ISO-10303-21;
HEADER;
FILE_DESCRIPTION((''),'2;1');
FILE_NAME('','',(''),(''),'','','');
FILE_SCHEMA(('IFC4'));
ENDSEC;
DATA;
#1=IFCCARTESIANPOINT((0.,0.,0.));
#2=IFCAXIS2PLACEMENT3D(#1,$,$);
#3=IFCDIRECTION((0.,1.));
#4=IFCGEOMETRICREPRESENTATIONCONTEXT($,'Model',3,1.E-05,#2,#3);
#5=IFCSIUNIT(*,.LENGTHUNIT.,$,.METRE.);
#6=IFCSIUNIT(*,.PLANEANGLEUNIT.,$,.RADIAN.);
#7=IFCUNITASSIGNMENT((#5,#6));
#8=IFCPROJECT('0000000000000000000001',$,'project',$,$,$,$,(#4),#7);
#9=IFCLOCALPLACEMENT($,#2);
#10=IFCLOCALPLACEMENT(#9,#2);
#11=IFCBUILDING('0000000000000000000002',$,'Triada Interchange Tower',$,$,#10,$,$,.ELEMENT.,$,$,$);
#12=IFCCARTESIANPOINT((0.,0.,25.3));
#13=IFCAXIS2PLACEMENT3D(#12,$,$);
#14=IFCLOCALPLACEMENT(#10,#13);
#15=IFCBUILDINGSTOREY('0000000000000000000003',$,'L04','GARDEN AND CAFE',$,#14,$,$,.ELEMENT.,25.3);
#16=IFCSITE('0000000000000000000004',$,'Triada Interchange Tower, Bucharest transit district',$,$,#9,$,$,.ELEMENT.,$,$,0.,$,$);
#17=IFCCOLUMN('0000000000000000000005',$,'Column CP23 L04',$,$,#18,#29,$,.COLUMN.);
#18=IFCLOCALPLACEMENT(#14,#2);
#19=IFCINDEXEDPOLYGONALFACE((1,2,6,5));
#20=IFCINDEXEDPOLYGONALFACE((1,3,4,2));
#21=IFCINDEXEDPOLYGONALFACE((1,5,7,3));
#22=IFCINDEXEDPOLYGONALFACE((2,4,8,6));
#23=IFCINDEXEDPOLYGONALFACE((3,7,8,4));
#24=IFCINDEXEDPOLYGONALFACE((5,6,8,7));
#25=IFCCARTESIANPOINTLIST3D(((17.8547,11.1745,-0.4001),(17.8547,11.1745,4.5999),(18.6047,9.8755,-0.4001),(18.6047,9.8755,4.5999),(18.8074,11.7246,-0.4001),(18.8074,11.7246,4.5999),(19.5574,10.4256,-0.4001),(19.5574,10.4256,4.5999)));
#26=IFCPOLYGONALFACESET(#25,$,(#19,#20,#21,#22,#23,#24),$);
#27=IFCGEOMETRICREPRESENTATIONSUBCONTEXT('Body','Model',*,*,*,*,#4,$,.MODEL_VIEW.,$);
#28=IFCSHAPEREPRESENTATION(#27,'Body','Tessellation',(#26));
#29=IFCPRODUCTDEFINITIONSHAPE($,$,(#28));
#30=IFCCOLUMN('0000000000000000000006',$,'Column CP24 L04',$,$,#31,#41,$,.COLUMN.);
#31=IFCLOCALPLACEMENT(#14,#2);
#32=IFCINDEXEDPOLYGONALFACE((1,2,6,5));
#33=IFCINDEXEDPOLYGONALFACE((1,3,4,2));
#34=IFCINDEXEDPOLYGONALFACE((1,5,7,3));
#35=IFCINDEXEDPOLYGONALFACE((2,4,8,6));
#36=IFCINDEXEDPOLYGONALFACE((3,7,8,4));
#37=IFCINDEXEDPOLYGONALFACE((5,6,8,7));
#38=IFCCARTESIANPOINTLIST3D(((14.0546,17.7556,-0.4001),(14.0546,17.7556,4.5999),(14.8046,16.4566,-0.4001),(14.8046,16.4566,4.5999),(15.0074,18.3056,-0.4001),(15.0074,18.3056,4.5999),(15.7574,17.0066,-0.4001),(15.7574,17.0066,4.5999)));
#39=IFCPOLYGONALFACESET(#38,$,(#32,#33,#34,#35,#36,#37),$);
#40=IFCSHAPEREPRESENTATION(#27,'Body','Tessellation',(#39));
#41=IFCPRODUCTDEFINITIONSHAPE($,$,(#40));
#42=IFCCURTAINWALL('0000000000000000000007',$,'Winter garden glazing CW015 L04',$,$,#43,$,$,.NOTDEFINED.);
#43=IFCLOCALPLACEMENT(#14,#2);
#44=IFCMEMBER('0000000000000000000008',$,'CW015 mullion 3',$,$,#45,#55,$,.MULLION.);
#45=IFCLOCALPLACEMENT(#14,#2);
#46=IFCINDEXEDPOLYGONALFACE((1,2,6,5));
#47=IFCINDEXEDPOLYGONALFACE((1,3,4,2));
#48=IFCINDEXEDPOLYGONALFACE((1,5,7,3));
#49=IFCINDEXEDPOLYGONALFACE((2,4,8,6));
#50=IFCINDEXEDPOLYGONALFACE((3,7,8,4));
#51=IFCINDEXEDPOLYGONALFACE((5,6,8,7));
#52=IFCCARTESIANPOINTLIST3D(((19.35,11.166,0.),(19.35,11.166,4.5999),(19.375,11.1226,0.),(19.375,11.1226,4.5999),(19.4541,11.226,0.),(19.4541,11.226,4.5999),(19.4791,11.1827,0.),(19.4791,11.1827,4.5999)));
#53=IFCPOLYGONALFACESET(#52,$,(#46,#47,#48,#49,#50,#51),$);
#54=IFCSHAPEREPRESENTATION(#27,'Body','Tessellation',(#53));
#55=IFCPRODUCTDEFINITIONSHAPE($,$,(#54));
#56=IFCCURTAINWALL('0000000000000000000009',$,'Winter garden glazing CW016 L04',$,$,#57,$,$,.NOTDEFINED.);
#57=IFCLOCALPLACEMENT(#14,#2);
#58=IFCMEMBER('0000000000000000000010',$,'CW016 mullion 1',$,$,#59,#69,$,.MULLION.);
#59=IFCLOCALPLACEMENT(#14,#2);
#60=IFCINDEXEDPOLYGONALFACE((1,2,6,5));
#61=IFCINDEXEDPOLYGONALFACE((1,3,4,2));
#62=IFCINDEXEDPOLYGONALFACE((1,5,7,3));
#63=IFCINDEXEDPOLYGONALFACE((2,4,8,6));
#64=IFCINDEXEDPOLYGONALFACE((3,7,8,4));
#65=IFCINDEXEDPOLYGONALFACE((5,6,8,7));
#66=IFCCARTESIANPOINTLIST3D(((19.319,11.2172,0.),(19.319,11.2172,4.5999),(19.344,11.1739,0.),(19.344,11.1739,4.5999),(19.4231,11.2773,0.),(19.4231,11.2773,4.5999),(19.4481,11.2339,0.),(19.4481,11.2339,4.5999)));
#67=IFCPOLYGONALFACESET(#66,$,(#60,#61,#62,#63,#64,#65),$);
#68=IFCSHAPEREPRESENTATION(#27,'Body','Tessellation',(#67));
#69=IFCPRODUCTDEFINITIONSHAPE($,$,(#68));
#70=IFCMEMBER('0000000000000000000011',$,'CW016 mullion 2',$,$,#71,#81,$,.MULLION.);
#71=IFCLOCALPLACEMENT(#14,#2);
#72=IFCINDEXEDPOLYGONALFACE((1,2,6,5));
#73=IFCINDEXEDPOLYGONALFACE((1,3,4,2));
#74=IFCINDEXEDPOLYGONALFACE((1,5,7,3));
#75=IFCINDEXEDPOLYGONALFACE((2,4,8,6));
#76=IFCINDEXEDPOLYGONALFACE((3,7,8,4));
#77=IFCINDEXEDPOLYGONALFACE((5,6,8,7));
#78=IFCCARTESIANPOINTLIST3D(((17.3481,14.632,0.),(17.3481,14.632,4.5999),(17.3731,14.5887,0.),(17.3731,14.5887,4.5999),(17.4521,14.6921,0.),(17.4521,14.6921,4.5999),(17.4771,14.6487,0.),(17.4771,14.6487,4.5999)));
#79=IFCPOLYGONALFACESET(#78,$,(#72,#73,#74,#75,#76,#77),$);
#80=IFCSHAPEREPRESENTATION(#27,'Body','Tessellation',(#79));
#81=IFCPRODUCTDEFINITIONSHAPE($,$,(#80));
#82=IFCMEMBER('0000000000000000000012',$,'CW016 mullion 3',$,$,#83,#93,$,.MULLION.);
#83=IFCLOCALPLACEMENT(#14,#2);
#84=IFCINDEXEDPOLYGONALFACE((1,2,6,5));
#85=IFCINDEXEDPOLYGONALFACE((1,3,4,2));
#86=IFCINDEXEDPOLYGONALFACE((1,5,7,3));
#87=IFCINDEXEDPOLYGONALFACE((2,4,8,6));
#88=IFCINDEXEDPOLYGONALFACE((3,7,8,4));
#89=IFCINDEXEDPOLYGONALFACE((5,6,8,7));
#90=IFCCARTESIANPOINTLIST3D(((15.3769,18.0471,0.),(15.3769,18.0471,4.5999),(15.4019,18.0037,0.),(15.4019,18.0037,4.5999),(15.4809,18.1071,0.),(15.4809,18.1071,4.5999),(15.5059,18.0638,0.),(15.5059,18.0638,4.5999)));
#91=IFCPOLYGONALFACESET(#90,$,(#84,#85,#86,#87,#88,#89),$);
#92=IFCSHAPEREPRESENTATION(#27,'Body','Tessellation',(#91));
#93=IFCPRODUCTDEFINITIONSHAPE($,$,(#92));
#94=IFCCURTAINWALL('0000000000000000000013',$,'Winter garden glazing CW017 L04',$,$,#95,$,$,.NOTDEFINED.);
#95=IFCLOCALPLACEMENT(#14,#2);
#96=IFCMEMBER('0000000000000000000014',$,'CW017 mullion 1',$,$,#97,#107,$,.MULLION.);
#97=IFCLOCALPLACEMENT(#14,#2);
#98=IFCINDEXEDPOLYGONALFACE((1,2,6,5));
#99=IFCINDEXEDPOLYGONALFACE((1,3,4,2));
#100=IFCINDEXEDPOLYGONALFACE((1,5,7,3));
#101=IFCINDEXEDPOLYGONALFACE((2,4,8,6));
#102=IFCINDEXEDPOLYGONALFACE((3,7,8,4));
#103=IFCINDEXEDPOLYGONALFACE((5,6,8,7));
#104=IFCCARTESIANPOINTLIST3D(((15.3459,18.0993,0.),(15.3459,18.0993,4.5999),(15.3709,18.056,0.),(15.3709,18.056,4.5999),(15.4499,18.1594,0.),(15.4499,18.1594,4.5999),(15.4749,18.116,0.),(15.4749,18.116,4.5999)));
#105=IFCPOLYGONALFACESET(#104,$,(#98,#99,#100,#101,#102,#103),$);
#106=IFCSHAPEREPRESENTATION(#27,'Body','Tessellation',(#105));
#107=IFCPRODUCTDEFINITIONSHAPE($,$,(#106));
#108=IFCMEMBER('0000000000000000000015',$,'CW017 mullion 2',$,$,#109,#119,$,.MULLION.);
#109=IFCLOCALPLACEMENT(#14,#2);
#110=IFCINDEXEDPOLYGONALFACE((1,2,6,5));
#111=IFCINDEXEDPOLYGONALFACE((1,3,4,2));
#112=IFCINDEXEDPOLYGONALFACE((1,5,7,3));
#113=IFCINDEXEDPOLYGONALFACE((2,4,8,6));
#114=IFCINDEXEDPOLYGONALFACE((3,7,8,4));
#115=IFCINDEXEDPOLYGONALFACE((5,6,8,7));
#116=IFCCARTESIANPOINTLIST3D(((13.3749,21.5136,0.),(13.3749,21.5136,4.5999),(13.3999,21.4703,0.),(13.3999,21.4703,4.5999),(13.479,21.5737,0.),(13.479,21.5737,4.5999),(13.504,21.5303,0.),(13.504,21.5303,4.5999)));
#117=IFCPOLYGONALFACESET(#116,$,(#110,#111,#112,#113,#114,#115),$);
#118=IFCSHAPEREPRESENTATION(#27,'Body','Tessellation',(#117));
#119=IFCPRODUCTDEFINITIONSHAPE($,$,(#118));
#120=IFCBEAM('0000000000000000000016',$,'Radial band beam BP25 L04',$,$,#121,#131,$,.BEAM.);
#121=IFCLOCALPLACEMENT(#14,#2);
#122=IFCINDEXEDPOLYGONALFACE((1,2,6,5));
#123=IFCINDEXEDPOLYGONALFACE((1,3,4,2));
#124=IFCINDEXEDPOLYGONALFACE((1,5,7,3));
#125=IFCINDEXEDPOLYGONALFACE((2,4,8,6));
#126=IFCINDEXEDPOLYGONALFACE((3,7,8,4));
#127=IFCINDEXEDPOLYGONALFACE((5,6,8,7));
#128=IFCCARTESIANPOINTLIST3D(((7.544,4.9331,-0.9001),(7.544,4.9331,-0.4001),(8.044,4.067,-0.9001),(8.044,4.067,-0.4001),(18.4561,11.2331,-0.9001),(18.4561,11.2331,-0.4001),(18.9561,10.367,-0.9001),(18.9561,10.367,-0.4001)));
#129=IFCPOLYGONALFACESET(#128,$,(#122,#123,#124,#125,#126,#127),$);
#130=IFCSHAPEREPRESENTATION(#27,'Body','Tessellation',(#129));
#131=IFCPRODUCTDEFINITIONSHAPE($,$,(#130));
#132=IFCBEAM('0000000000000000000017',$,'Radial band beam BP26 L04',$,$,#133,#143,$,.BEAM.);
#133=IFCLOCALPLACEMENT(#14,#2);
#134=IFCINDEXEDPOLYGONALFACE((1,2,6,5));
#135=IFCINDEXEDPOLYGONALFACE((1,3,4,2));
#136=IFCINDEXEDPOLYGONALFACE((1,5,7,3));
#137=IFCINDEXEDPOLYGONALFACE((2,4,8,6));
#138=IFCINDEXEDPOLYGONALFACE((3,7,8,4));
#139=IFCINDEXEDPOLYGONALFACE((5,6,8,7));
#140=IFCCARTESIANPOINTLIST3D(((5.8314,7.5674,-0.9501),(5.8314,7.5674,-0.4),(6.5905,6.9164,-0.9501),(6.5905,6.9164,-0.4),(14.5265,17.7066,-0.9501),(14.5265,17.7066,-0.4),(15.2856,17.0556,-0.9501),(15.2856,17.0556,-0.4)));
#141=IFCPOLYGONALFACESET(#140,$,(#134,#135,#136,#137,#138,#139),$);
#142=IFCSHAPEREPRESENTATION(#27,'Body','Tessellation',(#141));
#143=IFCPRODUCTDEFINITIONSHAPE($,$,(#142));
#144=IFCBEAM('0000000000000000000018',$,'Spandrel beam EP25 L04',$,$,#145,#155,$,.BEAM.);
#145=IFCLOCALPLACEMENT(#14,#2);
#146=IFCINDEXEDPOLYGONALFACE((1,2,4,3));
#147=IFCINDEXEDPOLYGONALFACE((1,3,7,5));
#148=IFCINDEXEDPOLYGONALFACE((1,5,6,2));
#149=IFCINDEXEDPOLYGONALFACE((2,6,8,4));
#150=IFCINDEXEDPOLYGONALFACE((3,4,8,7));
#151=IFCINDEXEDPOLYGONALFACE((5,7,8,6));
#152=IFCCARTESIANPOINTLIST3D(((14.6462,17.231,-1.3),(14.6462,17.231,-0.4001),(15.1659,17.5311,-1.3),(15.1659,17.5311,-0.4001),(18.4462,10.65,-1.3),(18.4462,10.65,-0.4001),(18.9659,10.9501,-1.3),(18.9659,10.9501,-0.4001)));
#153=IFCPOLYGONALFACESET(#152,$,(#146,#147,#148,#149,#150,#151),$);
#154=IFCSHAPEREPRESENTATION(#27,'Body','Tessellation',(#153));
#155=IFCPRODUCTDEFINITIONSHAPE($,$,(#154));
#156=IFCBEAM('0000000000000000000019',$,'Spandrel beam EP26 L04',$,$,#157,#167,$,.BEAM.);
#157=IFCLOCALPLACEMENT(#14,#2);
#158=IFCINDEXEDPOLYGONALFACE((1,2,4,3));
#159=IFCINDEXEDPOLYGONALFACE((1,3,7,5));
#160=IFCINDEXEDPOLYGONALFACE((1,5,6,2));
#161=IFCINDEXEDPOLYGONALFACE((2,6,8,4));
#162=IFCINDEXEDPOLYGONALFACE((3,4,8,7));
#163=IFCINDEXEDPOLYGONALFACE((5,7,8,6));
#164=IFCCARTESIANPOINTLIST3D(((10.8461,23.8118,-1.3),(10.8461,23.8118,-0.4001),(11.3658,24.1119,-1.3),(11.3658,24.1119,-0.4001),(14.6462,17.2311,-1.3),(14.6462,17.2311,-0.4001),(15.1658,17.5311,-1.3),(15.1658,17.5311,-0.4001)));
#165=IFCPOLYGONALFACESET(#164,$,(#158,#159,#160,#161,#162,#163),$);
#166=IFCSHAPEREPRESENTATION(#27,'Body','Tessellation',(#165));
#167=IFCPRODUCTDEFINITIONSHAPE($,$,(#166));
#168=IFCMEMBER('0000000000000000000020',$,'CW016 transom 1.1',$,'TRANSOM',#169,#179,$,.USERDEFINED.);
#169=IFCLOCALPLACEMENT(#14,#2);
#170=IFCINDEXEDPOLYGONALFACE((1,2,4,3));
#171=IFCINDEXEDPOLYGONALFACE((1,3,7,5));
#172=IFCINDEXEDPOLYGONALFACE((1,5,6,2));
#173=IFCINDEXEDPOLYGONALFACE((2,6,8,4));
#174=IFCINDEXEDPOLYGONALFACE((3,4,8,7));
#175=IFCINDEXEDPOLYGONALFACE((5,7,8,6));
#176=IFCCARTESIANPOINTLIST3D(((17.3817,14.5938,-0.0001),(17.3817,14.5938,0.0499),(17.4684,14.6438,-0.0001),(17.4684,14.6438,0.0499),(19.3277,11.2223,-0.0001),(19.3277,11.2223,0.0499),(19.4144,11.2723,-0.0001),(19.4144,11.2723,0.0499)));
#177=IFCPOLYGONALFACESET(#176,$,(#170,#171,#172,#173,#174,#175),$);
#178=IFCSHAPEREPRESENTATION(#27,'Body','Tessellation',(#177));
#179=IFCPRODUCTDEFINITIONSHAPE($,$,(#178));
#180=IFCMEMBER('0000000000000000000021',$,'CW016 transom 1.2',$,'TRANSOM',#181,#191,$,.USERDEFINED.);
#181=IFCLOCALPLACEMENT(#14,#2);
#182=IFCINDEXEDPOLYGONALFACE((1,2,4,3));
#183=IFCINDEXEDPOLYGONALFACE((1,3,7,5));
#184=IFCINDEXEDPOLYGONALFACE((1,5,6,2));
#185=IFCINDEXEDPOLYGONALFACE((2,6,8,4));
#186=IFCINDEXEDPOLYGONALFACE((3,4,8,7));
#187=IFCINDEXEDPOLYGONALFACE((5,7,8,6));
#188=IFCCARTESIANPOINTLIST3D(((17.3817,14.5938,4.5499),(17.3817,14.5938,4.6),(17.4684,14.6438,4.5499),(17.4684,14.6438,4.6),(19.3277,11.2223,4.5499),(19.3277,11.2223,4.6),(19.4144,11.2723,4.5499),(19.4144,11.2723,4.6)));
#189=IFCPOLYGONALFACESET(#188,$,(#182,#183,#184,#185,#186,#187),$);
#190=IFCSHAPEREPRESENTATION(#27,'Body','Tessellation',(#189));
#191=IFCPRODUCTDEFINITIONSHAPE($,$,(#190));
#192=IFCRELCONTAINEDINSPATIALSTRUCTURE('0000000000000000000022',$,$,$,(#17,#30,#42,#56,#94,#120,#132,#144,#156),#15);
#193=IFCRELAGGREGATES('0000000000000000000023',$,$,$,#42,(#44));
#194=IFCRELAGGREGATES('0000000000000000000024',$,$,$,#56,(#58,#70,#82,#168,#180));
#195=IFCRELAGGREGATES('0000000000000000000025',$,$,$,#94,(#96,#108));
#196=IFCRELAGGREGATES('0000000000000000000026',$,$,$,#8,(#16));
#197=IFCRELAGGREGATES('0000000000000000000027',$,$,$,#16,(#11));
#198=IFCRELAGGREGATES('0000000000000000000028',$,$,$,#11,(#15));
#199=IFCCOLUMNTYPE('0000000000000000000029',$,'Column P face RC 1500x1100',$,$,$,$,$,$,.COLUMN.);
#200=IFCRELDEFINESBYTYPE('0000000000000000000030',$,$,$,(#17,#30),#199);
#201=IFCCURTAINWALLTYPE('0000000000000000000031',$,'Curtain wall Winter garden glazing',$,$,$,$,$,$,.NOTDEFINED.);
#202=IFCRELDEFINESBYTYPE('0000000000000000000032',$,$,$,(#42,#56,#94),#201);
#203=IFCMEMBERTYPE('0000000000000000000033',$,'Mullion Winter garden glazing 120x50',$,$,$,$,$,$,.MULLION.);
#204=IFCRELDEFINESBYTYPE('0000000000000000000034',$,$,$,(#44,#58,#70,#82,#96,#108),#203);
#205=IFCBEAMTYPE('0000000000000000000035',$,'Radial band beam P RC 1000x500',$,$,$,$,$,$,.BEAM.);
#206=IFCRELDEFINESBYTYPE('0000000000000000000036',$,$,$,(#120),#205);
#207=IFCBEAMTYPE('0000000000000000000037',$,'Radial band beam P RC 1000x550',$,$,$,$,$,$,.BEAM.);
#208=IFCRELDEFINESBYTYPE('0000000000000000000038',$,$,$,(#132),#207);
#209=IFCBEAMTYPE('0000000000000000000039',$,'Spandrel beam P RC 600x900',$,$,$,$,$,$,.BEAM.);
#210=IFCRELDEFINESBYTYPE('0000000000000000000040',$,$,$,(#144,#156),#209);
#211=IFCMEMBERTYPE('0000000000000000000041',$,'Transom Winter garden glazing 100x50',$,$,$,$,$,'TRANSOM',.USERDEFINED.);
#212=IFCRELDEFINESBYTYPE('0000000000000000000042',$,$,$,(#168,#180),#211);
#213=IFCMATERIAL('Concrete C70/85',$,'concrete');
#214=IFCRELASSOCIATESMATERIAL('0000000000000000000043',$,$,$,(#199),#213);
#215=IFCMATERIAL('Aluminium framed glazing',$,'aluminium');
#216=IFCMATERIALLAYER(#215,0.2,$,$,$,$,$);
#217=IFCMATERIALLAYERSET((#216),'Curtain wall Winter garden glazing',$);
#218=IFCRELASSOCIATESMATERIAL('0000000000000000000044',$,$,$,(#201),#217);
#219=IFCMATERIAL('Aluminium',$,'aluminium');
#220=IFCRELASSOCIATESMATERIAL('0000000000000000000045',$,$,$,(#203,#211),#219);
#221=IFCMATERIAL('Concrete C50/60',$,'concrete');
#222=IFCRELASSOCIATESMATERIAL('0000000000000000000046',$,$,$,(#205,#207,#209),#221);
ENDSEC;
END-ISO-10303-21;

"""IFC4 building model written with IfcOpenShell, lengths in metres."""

from ifc_helpers import new_model, si_unit, direction, frame, origin, origin_2d, place, context, subcontext, project, spatial, rectangle, extrude, material, layer, layer_set, material_profile, profile_set, type_object, element, aggregate, save


model = new_model("IFC4")

# Units and contexts
model_context = context("Model", 3, precision=1e-05, world=origin(), true_north=direction((0.0, 1.0)))
body_context = subcontext(model_context, "Body", "Model", "MODEL_VIEW")
ifc_project = project(units=[si_unit("LENGTHUNIT", "METRE"), si_unit("PLANEANGLEUNIT", "RADIAN")], contexts=[model_context])

# Site, building, storey
site_placement = place(None, origin())
site = spatial("IfcSite", under=ifc_project, at=site_placement, Name="Triada Interchange Tower, Bucharest transit district", CompositionType="ELEMENT", RefElevation=0.0)
building_placement = place(site_placement, origin())
building = spatial("IfcBuilding", under=site, at=building_placement, Name="Triada Interchange Tower", CompositionType="ELEMENT")
storey_placement = place(building_placement, frame((0.0, 0.0, 25.3)))
storey = spatial("IfcBuildingStorey", under=building, at=storey_placement, Name="L04", Description="GARDEN AND CAFE", CompositionType="ELEMENT", Elevation=25.3)

# Columns
ifc_material_1 = material(Name="Concrete C70/85", Category="concrete")
ifc_material_profile_1 = material_profile(ifc_material_1, rectangle(XDim=1.5, YDim=1.1001, at=origin_2d()), Name="RC 1500x1100")
ifc_profile_set_1 = profile_set([ifc_material_profile_1], Name="Concrete C70/85")
column_type = type_object("IfcColumnType", Name="Column P face RC 1500x1100", PredefinedType="COLUMN", material=ifc_profile_set_1)
for number, where, z_axis, x_axis, name in (
    (1, (18.7061, 10.8, -0.4001), (0.0, 0.0, 1.0), (-0.5, 0.866025, 0.0), "Column CP23 L04"),
    (2, (14.906, 17.3811, -0.4001), (0.0, 0.0, 1.0), (-0.5, 0.866025, 0.0), "Column CP24 L04"),
):
    element("IfcColumn", number, at=place(storey_placement, frame(where, z_axis=z_axis, x_axis=x_axis)), inside=storey, type_object=column_type, Name=name, PredefinedType="COLUMN", context=body_context, shape_type="SweptSolid", body=[
        extrude(rectangle(XDim=1.5, YDim=1.1001, at=origin_2d()), origin(), (0.0, 0.0, 1.0), 5.0),
    ])

# Curtain wall, member
ifc_material_2 = material(Name="Aluminium framed glazing", Category="aluminium")
ifc_layer_1 = layer(ifc_material_2, 0.2)
ifc_layer_set_1 = layer_set([ifc_layer_1], Name="Curtain wall Winter garden glazing")
curtain_wall_type = type_object("IfcCurtainWallType", Name="Curtain wall Winter garden glazing", PredefinedType="NOTDEFINED", material=ifc_layer_set_1)
curtain_wall_1_placement = place(storey_placement, origin())
curtain_wall_1 = element("IfcCurtainWall", 3, at=curtain_wall_1_placement, inside=storey, type_object=curtain_wall_type, Name="Winter garden glazing CW015 L04", PredefinedType="NOTDEFINED")
ifc_material_3 = material(Name="Aluminium", Category="aluminium")
ifc_material_profile_2 = material_profile(ifc_material_3, rectangle(XDim=0.1201, YDim=0.05, at=origin_2d()), Name="Aluminium mullion")
ifc_profile_set_2 = profile_set([ifc_material_profile_2], Name="Aluminium")
member_type_1 = type_object("IfcMemberType", Name="Mullion Winter garden glazing 120x50", PredefinedType="MULLION", material=ifc_profile_set_2)
member_1_placement = place(storey_placement, frame((19.4146, 11.1743, 0.0), z_axis=(0.0, 0.0, 1.0), x_axis=(-0.866087, -0.499893, 0.0)))
member_1 = element("IfcMember", 4, at=member_1_placement, type_object=member_type_1, Name="CW015 mullion 3", PredefinedType="MULLION", context=body_context, shape_type="SweptSolid", body=[
    extrude(rectangle(XDim=0.1201, YDim=0.05, at=origin_2d()), origin(), (0.0, 0.0, 1.0), 4.5999),
])
aggregate(curtain_wall_1, [member_1])

# Curtain walls, members
curtain_wall_2_placement = place(storey_placement, origin())
curtain_wall_2 = element("IfcCurtainWall", 5, at=curtain_wall_2_placement, inside=storey, type_object=curtain_wall_type, Name="Winter garden glazing CW016 L04", PredefinedType="NOTDEFINED")
member_2_placement = place(storey_placement, frame((19.3835, 11.2256, 0.0), z_axis=(0.0, 0.0, 1.0), x_axis=(-0.866087, -0.499893, 0.0)))
member_2 = element("IfcMember", 6, at=member_2_placement, type_object=member_type_1, Name="CW016 mullion 1", PredefinedType="MULLION", context=body_context, shape_type="SweptSolid", body=[
    extrude(rectangle(XDim=0.1201, YDim=0.05, at=origin_2d()), origin(), (0.0, 0.0, 1.0), 4.5999),
])
member_3_placement = place(storey_placement, frame((17.4126, 14.6404, 0.0), z_axis=(0.0, 0.0, 1.0), x_axis=(-0.866087, -0.499893, 0.0)))
member_3 = element("IfcMember", 7, at=member_3_placement, type_object=member_type_1, Name="CW016 mullion 2", PredefinedType="MULLION", context=body_context, shape_type="SweptSolid", body=[
    extrude(rectangle(XDim=0.1201, YDim=0.05, at=origin_2d()), origin(), (0.0, 0.0, 1.0), 4.5999),
])
member_4_placement = place(storey_placement, frame((15.4414, 18.0554, 0.0), z_axis=(0.0, 0.0, 1.0), x_axis=(-0.866087, -0.499893, 0.0)))
member_4 = element("IfcMember", 8, at=member_4_placement, type_object=member_type_1, Name="CW016 mullion 3", PredefinedType="MULLION", context=body_context, shape_type="SweptSolid", body=[
    extrude(rectangle(XDim=0.1201, YDim=0.05, at=origin_2d()), origin(), (0.0, 0.0, 1.0), 4.5999),
])
curtain_wall_3_placement = place(storey_placement, origin())
curtain_wall_3 = element("IfcCurtainWall", 9, at=curtain_wall_3_placement, inside=storey, type_object=curtain_wall_type, Name="Winter garden glazing CW017 L04", PredefinedType="NOTDEFINED")
member_5_placement = place(storey_placement, frame((15.4104, 18.1077, 0.0), z_axis=(0.0, 0.0, 1.0), x_axis=(-0.866055, -0.499948, 0.0)))
member_5 = element("IfcMember", 10, at=member_5_placement, type_object=member_type_1, Name="CW017 mullion 1", PredefinedType="MULLION", context=body_context, shape_type="SweptSolid", body=[
    extrude(rectangle(XDim=0.1201, YDim=0.05, at=origin_2d()), origin(), (0.0, 0.0, 1.0), 4.5999),
])
member_6_placement = place(storey_placement, frame((13.4395, 21.522, 0.0), z_axis=(0.0, 0.0, 1.0), x_axis=(-0.866055, -0.499948, 0.0)))
member_6 = element("IfcMember", 11, at=member_6_placement, type_object=member_type_1, Name="CW017 mullion 2", PredefinedType="MULLION", context=body_context, shape_type="SweptSolid", body=[
    extrude(rectangle(XDim=0.1201, YDim=0.05, at=origin_2d()), origin(), (0.0, 0.0, 1.0), 4.5999),
])

# Beams
ifc_material_4 = material(Name="Concrete C50/60", Category="concrete")
ifc_material_profile_3 = material_profile(ifc_material_4, rectangle(XDim=1.0, YDim=0.5, at=origin_2d()), Name="RC 1000x500")
ifc_profile_set_3 = profile_set([ifc_material_profile_3], Name="Concrete C50/60")
beam_type_1 = type_object("IfcBeamType", Name="Radial band beam P RC 1000x500", PredefinedType="BEAM", material=ifc_profile_set_3)
beam_1_placement = place(storey_placement, frame((18.7061, 10.8, -0.6501), z_axis=(-0.866027, -0.499996, 0.0), x_axis=(0.499996, -0.866027, 0.0)))
element("IfcBeam", 12, at=beam_1_placement, inside=storey, type_object=beam_type_1, Name="Radial band beam BP25 L04", PredefinedType="BEAM", context=body_context, shape_type="SweptSolid", body=[
    extrude(rectangle(XDim=1.0, YDim=0.5, at=origin_2d()), origin(), (0.0, 0.0, 1.0), 12.6001),
])
ifc_material_profile_4 = material_profile(ifc_material_4, rectangle(XDim=1.0, YDim=0.55, at=origin_2d()), Name="RC 1000x550")
ifc_profile_set_4 = profile_set([ifc_material_profile_4], Name="Concrete C50/60")
beam_type_2 = type_object("IfcBeamType", Name="Radial band beam P RC 1000x550", PredefinedType="BEAM", material=ifc_profile_set_4)
beam_2_placement = place(storey_placement, frame((14.906, 17.3811, -0.675), z_axis=(-0.65098, -0.759095, 0.0), x_axis=(0.759095, -0.65098, 0.0)))
element("IfcBeam", 13, at=beam_2_placement, inside=storey, type_object=beam_type_2, Name="Radial band beam BP26 L04", PredefinedType="BEAM", context=body_context, shape_type="SweptSolid", body=[
    extrude(rectangle(XDim=1.0, YDim=0.55, at=origin_2d()), origin(), (0.0, 0.0, 1.0), 13.3569),
])
ifc_material_profile_5 = material_profile(ifc_material_4, rectangle(XDim=0.6001, YDim=0.8999, at=origin_2d()), Name="RC 600x900")
ifc_profile_set_5 = profile_set([ifc_material_profile_5], Name="Concrete C50/60")
beam_type_3 = type_object("IfcBeamType", Name="Spandrel beam P RC 600x900", PredefinedType="BEAM", material=ifc_profile_set_5)
beam_3_placement = place(storey_placement, frame((18.7061, 10.8, -0.8501), z_axis=(-0.500047, 0.865998, 0.0), x_axis=(-0.865998, -0.500047, 0.0)))
element("IfcBeam", 14, at=beam_3_placement, inside=storey, type_object=beam_type_3, Name="Spandrel beam EP25 L04", PredefinedType="BEAM", context=body_context, shape_type="SweptSolid", body=[
    extrude(rectangle(XDim=0.6001, YDim=0.8999, at=origin_2d()), origin(), (0.0, 0.0, 1.0), 7.5994),
])
beam_4_placement = place(storey_placement, frame((14.906, 17.3811, -0.8501), z_axis=(-0.500061, 0.86599, 0.0), x_axis=(-0.86599, -0.500061, 0.0)))
element("IfcBeam", 15, at=beam_4_placement, inside=storey, type_object=beam_type_3, Name="Spandrel beam EP26 L04", PredefinedType="BEAM", context=body_context, shape_type="SweptSolid", body=[
    extrude(rectangle(XDim=0.6001, YDim=0.8999, at=origin_2d()), origin(), (0.0, 0.0, 1.0), 7.5991),
])

# Members
ifc_material_profile_6 = material_profile(ifc_material_3, rectangle(XDim=0.1001, YDim=0.05, at=origin_2d()), Name="Aluminium transom")
ifc_profile_set_6 = profile_set([ifc_material_profile_6], Name="Aluminium")
member_type_2 = type_object("IfcMemberType", Name="Transom Winter garden glazing 100x50", ElementType="TRANSOM", PredefinedType="USERDEFINED", material=ifc_profile_set_6)
member_7_placement = place(storey_placement, frame((19.3711, 11.2473, 0.0249), z_axis=(-0.499896, 0.866085, 0.0), x_axis=(-0.866085, -0.499896, 0.0)))
member_7 = element("IfcMember", 16, at=member_7_placement, type_object=member_type_2, Name="CW016 transom 1.1", ObjectType="TRANSOM", PredefinedType="USERDEFINED", context=body_context, shape_type="SweptSolid", body=[
    extrude(rectangle(XDim=0.1001, YDim=0.05, at=origin_2d()), origin(), (0.0, 0.0, 1.0), 3.8928),
])
member_8_placement = place(storey_placement, frame((19.3711, 11.2473, 4.575), z_axis=(-0.499896, 0.866085, 0.0), x_axis=(-0.866085, -0.499896, 0.0)))
member_8 = element("IfcMember", 17, at=member_8_placement, type_object=member_type_2, Name="CW016 transom 1.2", ObjectType="TRANSOM", PredefinedType="USERDEFINED", context=body_context, shape_type="SweptSolid", body=[
    extrude(rectangle(XDim=0.1001, YDim=0.05, at=origin_2d()), origin(), (0.0, 0.0, 1.0), 3.8928),
])

aggregate(curtain_wall_2, [member_2, member_3, member_4, member_7, member_8])
aggregate(curtain_wall_3, [member_5, member_6])

save(model, "model.ifc")
